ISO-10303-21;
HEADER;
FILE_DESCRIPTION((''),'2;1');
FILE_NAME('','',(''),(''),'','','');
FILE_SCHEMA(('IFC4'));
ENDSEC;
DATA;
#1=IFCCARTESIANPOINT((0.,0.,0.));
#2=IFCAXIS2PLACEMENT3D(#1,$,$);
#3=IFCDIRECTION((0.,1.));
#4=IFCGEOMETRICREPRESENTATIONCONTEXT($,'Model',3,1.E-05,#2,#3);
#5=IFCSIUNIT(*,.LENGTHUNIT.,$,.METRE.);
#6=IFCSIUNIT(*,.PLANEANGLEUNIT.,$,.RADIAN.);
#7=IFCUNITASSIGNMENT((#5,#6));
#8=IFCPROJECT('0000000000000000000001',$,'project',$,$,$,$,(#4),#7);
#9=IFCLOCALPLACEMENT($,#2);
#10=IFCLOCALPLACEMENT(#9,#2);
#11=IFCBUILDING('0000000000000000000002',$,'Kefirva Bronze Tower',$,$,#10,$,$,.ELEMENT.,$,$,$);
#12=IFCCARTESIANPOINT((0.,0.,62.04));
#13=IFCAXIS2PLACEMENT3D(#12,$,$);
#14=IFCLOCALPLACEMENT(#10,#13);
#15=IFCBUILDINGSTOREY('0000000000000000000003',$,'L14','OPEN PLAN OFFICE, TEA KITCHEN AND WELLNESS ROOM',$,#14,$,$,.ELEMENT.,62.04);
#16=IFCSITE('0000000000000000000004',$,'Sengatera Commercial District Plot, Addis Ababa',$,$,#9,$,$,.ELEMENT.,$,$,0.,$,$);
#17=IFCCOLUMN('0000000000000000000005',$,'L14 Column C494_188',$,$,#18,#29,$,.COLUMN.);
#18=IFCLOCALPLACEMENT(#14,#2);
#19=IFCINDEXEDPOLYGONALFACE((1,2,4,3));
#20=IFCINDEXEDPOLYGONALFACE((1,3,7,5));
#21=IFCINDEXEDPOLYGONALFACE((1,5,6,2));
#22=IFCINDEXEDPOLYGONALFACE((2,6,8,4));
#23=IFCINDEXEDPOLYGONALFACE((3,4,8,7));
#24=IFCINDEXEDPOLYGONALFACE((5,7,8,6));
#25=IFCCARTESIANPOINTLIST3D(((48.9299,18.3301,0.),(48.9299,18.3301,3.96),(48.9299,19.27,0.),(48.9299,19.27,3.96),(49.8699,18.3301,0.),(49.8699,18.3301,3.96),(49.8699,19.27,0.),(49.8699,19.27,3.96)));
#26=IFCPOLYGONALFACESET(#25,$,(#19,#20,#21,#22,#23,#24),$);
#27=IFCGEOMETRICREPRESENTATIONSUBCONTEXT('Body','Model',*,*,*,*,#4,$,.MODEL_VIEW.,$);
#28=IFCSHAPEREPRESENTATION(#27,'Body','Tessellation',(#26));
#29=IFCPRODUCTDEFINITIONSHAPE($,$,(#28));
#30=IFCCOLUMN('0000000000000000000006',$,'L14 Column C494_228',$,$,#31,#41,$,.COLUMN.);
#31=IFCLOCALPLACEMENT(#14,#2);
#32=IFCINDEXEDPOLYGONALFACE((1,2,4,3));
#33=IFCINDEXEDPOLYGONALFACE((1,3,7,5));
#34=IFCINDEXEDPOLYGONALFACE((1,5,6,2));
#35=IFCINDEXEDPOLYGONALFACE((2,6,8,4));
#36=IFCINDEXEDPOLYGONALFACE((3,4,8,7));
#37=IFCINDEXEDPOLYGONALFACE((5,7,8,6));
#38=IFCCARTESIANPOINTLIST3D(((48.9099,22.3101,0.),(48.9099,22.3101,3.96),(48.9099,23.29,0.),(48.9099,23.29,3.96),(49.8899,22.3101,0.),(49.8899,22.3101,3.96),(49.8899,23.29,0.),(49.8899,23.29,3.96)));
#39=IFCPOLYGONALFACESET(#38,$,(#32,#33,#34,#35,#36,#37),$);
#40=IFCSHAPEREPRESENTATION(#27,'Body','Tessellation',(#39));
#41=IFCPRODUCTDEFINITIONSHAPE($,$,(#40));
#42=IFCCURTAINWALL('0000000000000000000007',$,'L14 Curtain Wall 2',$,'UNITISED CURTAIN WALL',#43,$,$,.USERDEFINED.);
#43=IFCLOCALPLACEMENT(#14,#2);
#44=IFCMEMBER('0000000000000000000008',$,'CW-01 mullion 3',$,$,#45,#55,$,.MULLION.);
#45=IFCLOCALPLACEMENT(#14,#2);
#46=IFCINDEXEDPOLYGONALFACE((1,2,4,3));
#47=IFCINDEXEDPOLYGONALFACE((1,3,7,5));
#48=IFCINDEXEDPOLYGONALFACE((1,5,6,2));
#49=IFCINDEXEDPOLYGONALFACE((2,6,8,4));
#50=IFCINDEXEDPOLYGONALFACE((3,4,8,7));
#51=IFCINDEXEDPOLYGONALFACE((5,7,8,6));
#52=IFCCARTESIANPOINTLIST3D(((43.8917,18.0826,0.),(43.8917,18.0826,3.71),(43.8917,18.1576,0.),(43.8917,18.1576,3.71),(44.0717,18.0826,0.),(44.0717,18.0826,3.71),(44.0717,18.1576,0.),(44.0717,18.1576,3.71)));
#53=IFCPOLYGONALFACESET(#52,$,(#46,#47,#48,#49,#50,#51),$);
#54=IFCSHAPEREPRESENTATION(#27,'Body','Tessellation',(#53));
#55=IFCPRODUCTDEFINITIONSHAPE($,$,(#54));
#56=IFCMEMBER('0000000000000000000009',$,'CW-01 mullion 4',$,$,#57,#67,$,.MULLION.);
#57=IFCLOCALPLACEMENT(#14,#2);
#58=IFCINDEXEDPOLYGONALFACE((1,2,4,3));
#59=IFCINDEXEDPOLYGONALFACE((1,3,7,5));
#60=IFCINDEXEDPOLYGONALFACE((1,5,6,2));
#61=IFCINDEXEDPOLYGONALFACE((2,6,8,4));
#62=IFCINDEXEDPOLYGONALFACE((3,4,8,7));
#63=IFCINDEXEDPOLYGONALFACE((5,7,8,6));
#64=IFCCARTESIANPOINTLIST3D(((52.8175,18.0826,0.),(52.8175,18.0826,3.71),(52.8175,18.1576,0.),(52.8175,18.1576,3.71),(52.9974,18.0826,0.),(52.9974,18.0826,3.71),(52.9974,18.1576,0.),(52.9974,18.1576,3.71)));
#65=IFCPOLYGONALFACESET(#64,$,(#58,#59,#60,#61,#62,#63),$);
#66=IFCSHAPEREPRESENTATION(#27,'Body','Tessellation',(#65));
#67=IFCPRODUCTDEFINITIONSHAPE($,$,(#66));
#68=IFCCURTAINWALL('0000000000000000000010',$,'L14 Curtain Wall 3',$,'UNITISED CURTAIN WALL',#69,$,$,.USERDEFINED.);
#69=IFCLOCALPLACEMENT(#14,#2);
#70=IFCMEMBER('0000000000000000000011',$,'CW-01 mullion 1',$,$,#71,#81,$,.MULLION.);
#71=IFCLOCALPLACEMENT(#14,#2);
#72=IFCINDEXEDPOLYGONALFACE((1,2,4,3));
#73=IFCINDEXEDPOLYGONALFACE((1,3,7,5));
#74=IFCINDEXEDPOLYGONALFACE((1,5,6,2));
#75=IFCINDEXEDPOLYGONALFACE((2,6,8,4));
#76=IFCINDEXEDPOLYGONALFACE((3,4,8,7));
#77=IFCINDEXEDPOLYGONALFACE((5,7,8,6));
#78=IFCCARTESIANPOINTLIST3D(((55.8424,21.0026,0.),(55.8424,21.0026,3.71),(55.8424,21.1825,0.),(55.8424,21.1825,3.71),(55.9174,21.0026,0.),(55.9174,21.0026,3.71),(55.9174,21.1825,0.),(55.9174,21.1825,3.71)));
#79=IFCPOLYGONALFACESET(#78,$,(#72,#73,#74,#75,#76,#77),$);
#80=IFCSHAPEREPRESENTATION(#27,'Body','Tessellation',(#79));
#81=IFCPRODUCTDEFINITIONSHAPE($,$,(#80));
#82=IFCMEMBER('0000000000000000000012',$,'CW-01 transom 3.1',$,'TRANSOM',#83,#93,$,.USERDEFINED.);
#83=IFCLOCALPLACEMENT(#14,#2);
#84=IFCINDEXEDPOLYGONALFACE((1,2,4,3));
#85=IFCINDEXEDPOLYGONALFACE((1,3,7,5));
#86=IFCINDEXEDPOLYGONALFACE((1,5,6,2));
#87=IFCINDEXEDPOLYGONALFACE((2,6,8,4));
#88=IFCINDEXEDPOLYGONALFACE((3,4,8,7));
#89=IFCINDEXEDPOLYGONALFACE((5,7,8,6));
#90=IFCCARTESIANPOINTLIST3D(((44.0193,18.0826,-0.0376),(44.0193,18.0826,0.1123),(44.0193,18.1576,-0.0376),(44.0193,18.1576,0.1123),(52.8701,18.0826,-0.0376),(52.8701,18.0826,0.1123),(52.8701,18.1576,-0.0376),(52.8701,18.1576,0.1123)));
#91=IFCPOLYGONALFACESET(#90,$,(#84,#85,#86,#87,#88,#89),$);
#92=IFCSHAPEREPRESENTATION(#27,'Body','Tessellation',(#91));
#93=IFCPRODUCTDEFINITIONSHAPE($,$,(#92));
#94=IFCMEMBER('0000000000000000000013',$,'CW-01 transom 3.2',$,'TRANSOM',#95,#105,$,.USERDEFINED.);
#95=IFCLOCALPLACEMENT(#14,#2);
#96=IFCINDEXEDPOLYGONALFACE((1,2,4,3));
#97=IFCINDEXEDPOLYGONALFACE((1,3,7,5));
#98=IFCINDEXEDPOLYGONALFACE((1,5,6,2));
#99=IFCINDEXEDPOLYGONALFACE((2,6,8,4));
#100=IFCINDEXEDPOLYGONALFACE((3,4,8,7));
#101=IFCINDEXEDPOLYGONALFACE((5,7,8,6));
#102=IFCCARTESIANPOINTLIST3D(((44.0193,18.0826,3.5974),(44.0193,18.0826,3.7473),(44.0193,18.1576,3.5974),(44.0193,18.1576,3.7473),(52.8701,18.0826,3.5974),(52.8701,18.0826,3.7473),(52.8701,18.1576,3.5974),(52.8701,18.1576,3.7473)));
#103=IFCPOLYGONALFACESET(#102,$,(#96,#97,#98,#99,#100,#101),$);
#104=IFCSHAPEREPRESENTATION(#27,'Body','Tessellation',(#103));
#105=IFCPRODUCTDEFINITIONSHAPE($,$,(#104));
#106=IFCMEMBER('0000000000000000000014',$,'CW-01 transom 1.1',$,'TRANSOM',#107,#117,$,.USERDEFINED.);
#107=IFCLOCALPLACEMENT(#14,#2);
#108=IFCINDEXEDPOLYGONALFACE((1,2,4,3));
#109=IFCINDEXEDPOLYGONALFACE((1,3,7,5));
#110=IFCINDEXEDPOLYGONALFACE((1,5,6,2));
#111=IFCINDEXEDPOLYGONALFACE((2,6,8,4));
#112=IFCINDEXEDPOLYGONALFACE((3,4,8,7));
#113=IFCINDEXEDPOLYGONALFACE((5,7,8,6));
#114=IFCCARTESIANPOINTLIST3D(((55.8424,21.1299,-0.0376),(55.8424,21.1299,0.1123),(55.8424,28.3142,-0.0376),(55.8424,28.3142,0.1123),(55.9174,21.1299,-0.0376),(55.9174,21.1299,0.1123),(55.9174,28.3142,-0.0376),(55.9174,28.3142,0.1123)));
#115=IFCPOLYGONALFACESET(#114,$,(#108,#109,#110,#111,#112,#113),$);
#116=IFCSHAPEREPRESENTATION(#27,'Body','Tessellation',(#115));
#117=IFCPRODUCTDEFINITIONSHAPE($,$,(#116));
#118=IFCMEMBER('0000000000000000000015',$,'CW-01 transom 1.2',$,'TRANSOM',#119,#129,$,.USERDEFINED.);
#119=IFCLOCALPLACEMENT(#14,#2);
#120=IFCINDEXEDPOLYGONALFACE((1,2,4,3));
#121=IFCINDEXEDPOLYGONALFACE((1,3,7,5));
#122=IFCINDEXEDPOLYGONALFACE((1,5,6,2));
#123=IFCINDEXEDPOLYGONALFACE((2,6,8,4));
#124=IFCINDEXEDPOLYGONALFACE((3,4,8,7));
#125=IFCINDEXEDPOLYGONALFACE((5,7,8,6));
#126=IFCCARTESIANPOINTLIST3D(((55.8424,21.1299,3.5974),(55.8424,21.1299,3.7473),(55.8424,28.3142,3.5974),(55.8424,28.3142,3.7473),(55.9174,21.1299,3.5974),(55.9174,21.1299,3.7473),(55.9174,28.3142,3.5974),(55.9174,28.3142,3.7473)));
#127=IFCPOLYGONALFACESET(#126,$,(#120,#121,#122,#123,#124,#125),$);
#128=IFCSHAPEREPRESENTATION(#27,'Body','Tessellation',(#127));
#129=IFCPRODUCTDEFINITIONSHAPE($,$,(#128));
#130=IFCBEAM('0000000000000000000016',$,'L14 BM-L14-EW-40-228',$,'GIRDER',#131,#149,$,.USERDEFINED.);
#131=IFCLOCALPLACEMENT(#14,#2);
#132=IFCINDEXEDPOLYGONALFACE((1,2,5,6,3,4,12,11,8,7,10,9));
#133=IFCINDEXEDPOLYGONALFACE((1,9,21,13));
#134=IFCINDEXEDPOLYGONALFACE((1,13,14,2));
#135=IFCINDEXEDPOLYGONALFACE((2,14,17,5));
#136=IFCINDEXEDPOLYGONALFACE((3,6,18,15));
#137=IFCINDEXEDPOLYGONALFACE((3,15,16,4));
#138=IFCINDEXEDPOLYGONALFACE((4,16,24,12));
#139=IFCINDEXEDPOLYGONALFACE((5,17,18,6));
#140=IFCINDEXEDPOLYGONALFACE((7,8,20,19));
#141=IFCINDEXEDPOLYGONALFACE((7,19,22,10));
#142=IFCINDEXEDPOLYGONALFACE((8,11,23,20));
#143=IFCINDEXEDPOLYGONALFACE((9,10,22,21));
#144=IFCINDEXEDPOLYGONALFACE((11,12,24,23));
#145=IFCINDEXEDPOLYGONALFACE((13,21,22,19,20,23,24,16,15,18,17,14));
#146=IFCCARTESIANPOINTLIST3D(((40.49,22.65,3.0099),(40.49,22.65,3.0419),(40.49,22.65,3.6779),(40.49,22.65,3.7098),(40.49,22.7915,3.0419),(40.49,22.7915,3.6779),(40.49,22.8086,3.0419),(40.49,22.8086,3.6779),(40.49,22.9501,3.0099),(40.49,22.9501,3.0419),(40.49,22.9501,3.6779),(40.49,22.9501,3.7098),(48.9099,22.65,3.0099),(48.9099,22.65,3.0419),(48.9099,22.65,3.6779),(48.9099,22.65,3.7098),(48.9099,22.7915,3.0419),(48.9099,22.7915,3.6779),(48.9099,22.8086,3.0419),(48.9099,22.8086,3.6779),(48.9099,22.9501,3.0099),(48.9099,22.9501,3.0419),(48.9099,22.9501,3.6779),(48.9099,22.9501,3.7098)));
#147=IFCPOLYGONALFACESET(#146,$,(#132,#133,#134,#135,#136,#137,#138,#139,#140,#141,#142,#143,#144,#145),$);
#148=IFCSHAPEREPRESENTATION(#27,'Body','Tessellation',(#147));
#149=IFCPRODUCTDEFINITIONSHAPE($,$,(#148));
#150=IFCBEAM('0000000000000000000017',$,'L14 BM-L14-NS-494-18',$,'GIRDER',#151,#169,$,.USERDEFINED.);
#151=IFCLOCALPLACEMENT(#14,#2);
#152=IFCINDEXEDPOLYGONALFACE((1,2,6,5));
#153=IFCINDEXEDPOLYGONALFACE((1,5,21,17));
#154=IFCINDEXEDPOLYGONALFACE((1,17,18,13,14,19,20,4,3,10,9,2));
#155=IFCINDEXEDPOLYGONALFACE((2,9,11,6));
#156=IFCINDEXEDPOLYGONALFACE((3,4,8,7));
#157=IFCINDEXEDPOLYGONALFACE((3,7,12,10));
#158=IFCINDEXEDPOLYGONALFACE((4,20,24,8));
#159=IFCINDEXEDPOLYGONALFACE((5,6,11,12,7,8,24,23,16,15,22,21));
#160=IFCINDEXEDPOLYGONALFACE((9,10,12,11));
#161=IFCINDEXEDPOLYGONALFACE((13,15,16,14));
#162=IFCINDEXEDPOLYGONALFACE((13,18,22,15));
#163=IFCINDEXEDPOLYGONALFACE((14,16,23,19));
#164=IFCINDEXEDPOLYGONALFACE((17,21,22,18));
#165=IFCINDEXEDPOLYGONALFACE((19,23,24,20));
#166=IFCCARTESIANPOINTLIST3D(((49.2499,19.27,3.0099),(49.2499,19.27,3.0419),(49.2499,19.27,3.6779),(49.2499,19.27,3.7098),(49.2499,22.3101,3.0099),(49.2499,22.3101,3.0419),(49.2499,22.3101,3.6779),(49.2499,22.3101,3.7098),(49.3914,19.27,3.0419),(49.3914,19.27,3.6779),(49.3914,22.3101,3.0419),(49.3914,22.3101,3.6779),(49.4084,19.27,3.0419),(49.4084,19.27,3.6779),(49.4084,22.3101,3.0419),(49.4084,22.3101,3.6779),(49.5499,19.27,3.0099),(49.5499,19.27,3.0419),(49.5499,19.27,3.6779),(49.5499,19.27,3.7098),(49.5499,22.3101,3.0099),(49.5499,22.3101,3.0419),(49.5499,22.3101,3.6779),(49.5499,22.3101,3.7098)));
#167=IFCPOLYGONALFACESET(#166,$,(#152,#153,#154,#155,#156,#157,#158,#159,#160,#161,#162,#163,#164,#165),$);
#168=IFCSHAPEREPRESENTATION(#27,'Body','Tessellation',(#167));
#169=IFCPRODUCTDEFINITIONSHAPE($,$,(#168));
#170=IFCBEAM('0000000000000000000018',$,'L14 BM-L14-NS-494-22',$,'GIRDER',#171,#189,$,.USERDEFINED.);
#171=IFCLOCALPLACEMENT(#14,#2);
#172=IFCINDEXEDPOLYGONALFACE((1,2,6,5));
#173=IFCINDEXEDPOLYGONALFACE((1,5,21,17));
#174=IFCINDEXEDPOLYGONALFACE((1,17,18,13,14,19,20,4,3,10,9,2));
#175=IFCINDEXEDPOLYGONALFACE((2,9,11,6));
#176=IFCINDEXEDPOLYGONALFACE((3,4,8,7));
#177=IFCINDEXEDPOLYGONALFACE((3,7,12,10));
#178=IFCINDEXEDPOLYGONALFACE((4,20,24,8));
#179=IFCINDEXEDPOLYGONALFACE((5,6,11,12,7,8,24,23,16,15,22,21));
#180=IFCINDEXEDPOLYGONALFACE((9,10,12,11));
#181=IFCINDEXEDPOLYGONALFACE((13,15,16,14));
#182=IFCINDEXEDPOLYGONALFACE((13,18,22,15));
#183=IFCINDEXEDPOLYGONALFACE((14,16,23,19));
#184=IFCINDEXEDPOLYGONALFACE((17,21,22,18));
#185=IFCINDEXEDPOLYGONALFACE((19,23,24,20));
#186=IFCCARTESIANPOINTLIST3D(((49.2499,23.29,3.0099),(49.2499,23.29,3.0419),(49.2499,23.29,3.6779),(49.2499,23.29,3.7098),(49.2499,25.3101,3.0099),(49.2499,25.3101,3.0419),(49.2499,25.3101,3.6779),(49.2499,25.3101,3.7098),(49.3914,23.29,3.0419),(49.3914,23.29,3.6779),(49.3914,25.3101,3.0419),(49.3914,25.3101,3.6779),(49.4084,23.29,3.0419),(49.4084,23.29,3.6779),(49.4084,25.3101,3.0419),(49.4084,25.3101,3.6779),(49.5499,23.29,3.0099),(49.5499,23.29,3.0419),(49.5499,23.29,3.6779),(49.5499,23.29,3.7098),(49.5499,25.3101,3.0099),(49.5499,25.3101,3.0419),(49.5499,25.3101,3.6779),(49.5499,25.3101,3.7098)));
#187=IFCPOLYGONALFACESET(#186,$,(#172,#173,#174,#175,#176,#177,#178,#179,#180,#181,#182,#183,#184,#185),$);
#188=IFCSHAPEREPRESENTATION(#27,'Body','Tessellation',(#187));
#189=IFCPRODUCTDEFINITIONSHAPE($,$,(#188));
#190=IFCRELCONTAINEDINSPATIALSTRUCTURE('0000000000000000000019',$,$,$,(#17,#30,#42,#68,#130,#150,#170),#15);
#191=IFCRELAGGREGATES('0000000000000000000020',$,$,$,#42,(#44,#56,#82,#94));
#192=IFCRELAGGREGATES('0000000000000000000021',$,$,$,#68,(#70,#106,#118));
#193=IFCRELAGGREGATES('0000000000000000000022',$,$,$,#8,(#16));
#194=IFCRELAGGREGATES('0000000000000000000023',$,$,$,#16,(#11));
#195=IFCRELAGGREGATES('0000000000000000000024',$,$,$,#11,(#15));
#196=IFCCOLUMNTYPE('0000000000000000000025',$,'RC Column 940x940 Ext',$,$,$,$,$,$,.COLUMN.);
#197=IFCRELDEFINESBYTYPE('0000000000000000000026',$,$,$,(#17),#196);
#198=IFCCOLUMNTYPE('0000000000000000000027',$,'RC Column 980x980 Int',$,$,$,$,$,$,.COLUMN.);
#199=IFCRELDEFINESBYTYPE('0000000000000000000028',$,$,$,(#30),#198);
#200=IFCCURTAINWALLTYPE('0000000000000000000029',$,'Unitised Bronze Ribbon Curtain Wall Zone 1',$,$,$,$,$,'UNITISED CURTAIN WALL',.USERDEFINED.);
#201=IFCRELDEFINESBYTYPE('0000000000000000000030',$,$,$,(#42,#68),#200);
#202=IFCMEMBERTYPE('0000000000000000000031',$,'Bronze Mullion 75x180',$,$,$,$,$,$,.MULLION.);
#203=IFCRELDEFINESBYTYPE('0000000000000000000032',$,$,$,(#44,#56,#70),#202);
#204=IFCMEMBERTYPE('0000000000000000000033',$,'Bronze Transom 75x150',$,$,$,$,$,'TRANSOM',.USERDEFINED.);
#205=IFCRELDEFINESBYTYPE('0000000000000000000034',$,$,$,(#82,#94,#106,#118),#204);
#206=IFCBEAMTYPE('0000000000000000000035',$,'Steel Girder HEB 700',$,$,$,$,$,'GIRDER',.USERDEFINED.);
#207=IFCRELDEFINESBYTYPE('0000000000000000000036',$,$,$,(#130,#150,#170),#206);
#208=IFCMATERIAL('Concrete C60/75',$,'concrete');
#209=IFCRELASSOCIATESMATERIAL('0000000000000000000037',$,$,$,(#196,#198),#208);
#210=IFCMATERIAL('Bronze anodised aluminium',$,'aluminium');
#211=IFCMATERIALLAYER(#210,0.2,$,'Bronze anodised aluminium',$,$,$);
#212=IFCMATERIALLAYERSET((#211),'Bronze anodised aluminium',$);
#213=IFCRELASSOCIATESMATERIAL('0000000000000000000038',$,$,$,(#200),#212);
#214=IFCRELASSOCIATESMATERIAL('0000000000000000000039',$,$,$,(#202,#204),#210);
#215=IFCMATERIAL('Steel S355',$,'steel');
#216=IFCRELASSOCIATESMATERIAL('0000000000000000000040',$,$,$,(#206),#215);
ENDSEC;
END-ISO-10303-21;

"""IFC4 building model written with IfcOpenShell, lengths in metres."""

from ifc_helpers import new_model, si_unit, direction, frame, origin, origin_2d, place, context, subcontext, project, spatial, rectangle, i_section, extrude, material, layer, layer_set, material_profile, profile_set, type_object, element, aggregate, save


model = new_model("IFC4")

# Units and contexts
model_context = context("Model", 3, precision=1e-05, world=origin(), true_north=direction((0.0, 1.0)))
body_context = subcontext(model_context, "Body", "Model", "MODEL_VIEW")
ifc_project = project(units=[si_unit("LENGTHUNIT", "METRE"), si_unit("PLANEANGLEUNIT", "RADIAN")], contexts=[model_context])

# Site, building, storey
site_placement = place(None, origin())
site = spatial("IfcSite", under=ifc_project, at=site_placement, Name="Sengatera Commercial District Plot, Addis Ababa", CompositionType="ELEMENT", RefElevation=0.0)
building_placement = place(site_placement, origin())
building = spatial("IfcBuilding", under=site, at=building_placement, Name="Kefirva Bronze Tower", CompositionType="ELEMENT")
storey_placement = place(building_placement, frame((0.0, 0.0, 62.04)))
storey = spatial("IfcBuildingStorey", under=building, at=storey_placement, Name="L14", Description="OPEN PLAN OFFICE, TEA KITCHEN AND WELLNESS ROOM", CompositionType="ELEMENT", Elevation=62.04)

# Columns
ifc_material_1 = material(Name="Concrete C60/75", Category="concrete")
ifc_material_profile_1 = material_profile(ifc_material_1, rectangle(XDim=0.9399, YDim=0.9399, at=origin_2d()), Name="RC 940x940")
ifc_profile_set_1 = profile_set([ifc_material_profile_1], Name="Concrete C60/75")
column_type_1 = type_object("IfcColumnType", Name="RC Column 940x940 Ext", PredefinedType="COLUMN", material=ifc_profile_set_1)
column_1_placement = place(storey_placement, frame((49.3999, 18.8, 0.0), z_axis=(0.0, 0.0, 1.0), x_axis=(1.0, 0.0, 0.0)))
element("IfcColumn", 1, at=column_1_placement, inside=storey, type_object=column_type_1, Name="L14 Column C494_188", PredefinedType="COLUMN", context=body_context, shape_type="SweptSolid", body=[
    extrude(rectangle(XDim=0.9399, YDim=0.9399, at=origin_2d()), origin(), (0.0, 0.0, 1.0), 3.96),
])
ifc_material_profile_2 = material_profile(ifc_material_1, rectangle(XDim=0.98, YDim=0.98, at=origin_2d()), Name="RC 980x980")
ifc_profile_set_2 = profile_set([ifc_material_profile_2], Name="Concrete C60/75")
column_type_2 = type_object("IfcColumnType", Name="RC Column 980x980 Int", PredefinedType="COLUMN", material=ifc_profile_set_2)
column_2_placement = place(storey_placement, frame((49.3999, 22.8, 0.0), z_axis=(0.0, 0.0, 1.0), x_axis=(1.0, 0.0, 0.0)))
element("IfcColumn", 2, at=column_2_placement, inside=storey, type_object=column_type_2, Name="L14 Column C494_228", PredefinedType="COLUMN", context=body_context, shape_type="SweptSolid", body=[
    extrude(rectangle(XDim=0.98, YDim=0.98, at=origin_2d()), origin(), (0.0, 0.0, 1.0), 3.96),
])

# Curtain wall, members
ifc_material_2 = material(Name="Bronze anodised aluminium", Category="aluminium")
ifc_layer_1 = layer(ifc_material_2, 0.2, Name="Bronze anodised aluminium")
ifc_layer_set_1 = layer_set([ifc_layer_1], Name="Bronze anodised aluminium")
curtain_wall_type = type_object("IfcCurtainWallType", Name="Unitised Bronze Ribbon Curtain Wall Zone 1", ElementType="UNITISED CURTAIN WALL", PredefinedType="USERDEFINED", material=ifc_layer_set_1)
curtain_wall_1_placement = place(storey_placement, origin())
curtain_wall_1 = element("IfcCurtainWall", 3, at=curtain_wall_1_placement, inside=storey, type_object=curtain_wall_type, Name="L14 Curtain Wall 2", ObjectType="UNITISED CURTAIN WALL", PredefinedType="USERDEFINED")
ifc_material_profile_3 = material_profile(ifc_material_2, rectangle(XDim=0.075, YDim=0.1799, at=origin_2d()), Name="ALU 75x180")
ifc_profile_set_3 = profile_set([ifc_material_profile_3], Name="Bronze anodised aluminium")
member_type_1 = type_object("IfcMemberType", Name="Bronze Mullion 75x180", PredefinedType="MULLION", material=ifc_profile_set_3)
member_1_placement = place(storey_placement, frame((43.9817, 18.1201, 0.0), z_axis=(0.0, 0.0, 1.0), x_axis=(0.0, 1.0, 0.0)))
member_1 = element("IfcMember", 4, at=member_1_placement, type_object=member_type_1, Name="CW-01 mullion 3", PredefinedType="MULLION", context=body_context, shape_type="SweptSolid", body=[
    extrude(rectangle(XDim=0.075, YDim=0.1799, at=origin_2d()), origin(), (0.0, 0.0, 1.0), 3.71),
])
member_2_placement = place(storey_placement, frame((52.9075, 18.1201, 0.0), z_axis=(0.0, 0.0, 1.0), x_axis=(0.0, 1.0, 0.0)))
member_2 = element("IfcMember", 5, at=member_2_placement, type_object=member_type_1, Name="CW-01 mullion 4", PredefinedType="MULLION", context=body_context, shape_type="SweptSolid", body=[
    extrude(rectangle(XDim=0.075, YDim=0.1799, at=origin_2d()), origin(), (0.0, 0.0, 1.0), 3.71),
])

# Curtain wall, member
curtain_wall_2_placement = place(storey_placement, origin())
curtain_wall_2 = element("IfcCurtainWall", 6, at=curtain_wall_2_placement, inside=storey, type_object=curtain_wall_type, Name="L14 Curtain Wall 3", ObjectType="UNITISED CURTAIN WALL", PredefinedType="USERDEFINED")
member_3_placement = place(storey_placement, frame((55.8799, 21.0925, 0.0), z_axis=(0.0, 0.0, 1.0), x_axis=(-1.0, 0.0, 0.0)))
member_3 = element("IfcMember", 7, at=member_3_placement, type_object=member_type_1, Name="CW-01 mullion 1", PredefinedType="MULLION", context=body_context, shape_type="SweptSolid", body=[
    extrude(rectangle(XDim=0.075, YDim=0.1799, at=origin_2d()), origin(), (0.0, 0.0, 1.0), 3.71),
])

# Members
ifc_material_profile_4 = material_profile(ifc_material_2, rectangle(XDim=0.075, YDim=0.1499, at=origin_2d()), Name="ALU 75x150")
ifc_profile_set_4 = profile_set([ifc_material_profile_4], Name="Bronze anodised aluminium")
member_type_2 = type_object("IfcMemberType", Name="Bronze Transom 75x150", ElementType="TRANSOM", PredefinedType="USERDEFINED", material=ifc_profile_set_4)
member_4_placement = place(storey_placement, frame((44.0193, 18.1201, 0.0374), z_axis=(1.0, 0.0, 0.0), x_axis=(0.0, 1.0, 0.0)))
member_4 = element("IfcMember", 8, at=member_4_placement, type_object=member_type_2, Name="CW-01 transom 3.1", ObjectType="TRANSOM", PredefinedType="USERDEFINED", context=body_context, shape_type="SweptSolid", body=[
    extrude(rectangle(XDim=0.075, YDim=0.1499, at=origin_2d()), origin(), (0.0, 0.0, 1.0), 8.8508),
])
member_5_placement = place(storey_placement, frame((44.0193, 18.1201, 3.6724), z_axis=(1.0, 0.0, 0.0), x_axis=(0.0, 1.0, 0.0)))
member_5 = element("IfcMember", 9, at=member_5_placement, type_object=member_type_2, Name="CW-01 transom 3.2", ObjectType="TRANSOM", PredefinedType="USERDEFINED", context=body_context, shape_type="SweptSolid", body=[
    extrude(rectangle(XDim=0.075, YDim=0.1499, at=origin_2d()), origin(), (0.0, 0.0, 1.0), 8.8508),
])
member_6_placement = place(storey_placement, frame((55.8799, 21.1299, 0.0374), z_axis=(0.0, 1.0, 0.0), x_axis=(-1.0, 0.0, 0.0)))
member_6 = element("IfcMember", 10, at=member_6_placement, type_object=member_type_2, Name="CW-01 transom 1.1", ObjectType="TRANSOM", PredefinedType="USERDEFINED", context=body_context, shape_type="SweptSolid", body=[
    extrude(rectangle(XDim=0.075, YDim=0.1499, at=origin_2d()), origin(), (0.0, 0.0, 1.0), 7.1843),
])
member_7_placement = place(storey_placement, frame((55.8799, 21.1299, 3.6724), z_axis=(0.0, 1.0, 0.0), x_axis=(-1.0, 0.0, 0.0)))
member_7 = element("IfcMember", 11, at=member_7_placement, type_object=member_type_2, Name="CW-01 transom 1.2", ObjectType="TRANSOM", PredefinedType="USERDEFINED", context=body_context, shape_type="SweptSolid", body=[
    extrude(rectangle(XDim=0.075, YDim=0.1499, at=origin_2d()), origin(), (0.0, 0.0, 1.0), 7.1843),
])

# Beams
ifc_material_3 = material(Name="Steel S355", Category="steel")
ifc_material_profile_5 = material_profile(ifc_material_3, i_section(OverallWidth=0.3, OverallDepth=0.7, WebThickness=0.0171, FlangeThickness=0.032, at=origin_2d()), Name="HEB 700")
ifc_profile_set_5 = profile_set([ifc_material_profile_5], Name="Steel S355")
beam_type_1 = type_object("IfcBeamType", Name="Steel Girder HEB 700", ElementType="GIRDER", PredefinedType="USERDEFINED", material=ifc_profile_set_5)
beam_1_placement = place(storey_placement, frame((40.49, 22.8, 3.3599), z_axis=(1.0, 0.0, 0.0), x_axis=(0.0, 1.0, 0.0)))
element("IfcBeam", 12, at=beam_1_placement, inside=storey, type_object=beam_type_1, Name="L14 BM-L14-EW-40-228", ObjectType="GIRDER", PredefinedType="USERDEFINED", context=body_context, shape_type="SweptSolid", body=[
    extrude(i_section(OverallWidth=0.3, OverallDepth=0.7, WebThickness=0.0171, FlangeThickness=0.032, at=origin_2d()), origin(), (0.0, 0.0, 1.0), 8.4199),
])
beam_2_placement = place(storey_placement, frame((49.3999, 19.27, 3.3599), z_axis=(0.0, 1.0, 0.0), x_axis=(-1.0, 0.0, 0.0)))
element("IfcBeam", 13, at=beam_2_placement, inside=storey, type_object=beam_type_1, Name="L14 BM-L14-NS-494-18", ObjectType="GIRDER", PredefinedType="USERDEFINED", context=body_context, shape_type="SweptSolid", body=[
    extrude(i_section(OverallWidth=0.3, OverallDepth=0.7, WebThickness=0.0171, FlangeThickness=0.032, at=origin_2d()), origin(), (0.0, 0.0, 1.0), 3.04),
])
beam_3_placement = place(storey_placement, frame((49.3999, 23.29, 3.3599), z_axis=(0.0, 1.0, 0.0), x_axis=(-1.0, 0.0, 0.0)))
element("IfcBeam", 14, at=beam_3_placement, inside=storey, type_object=beam_type_1, Name="L14 BM-L14-NS-494-22", ObjectType="GIRDER", PredefinedType="USERDEFINED", context=body_context, shape_type="SweptSolid", body=[
    extrude(i_section(OverallWidth=0.3, OverallDepth=0.7, WebThickness=0.0171, FlangeThickness=0.032, at=origin_2d()), origin(), (0.0, 0.0, 1.0), 2.02),
])

aggregate(curtain_wall_1, [member_1, member_2, member_4, member_5])
aggregate(curtain_wall_2, [member_3, member_6, member_7])

save(model, "model.ifc")
